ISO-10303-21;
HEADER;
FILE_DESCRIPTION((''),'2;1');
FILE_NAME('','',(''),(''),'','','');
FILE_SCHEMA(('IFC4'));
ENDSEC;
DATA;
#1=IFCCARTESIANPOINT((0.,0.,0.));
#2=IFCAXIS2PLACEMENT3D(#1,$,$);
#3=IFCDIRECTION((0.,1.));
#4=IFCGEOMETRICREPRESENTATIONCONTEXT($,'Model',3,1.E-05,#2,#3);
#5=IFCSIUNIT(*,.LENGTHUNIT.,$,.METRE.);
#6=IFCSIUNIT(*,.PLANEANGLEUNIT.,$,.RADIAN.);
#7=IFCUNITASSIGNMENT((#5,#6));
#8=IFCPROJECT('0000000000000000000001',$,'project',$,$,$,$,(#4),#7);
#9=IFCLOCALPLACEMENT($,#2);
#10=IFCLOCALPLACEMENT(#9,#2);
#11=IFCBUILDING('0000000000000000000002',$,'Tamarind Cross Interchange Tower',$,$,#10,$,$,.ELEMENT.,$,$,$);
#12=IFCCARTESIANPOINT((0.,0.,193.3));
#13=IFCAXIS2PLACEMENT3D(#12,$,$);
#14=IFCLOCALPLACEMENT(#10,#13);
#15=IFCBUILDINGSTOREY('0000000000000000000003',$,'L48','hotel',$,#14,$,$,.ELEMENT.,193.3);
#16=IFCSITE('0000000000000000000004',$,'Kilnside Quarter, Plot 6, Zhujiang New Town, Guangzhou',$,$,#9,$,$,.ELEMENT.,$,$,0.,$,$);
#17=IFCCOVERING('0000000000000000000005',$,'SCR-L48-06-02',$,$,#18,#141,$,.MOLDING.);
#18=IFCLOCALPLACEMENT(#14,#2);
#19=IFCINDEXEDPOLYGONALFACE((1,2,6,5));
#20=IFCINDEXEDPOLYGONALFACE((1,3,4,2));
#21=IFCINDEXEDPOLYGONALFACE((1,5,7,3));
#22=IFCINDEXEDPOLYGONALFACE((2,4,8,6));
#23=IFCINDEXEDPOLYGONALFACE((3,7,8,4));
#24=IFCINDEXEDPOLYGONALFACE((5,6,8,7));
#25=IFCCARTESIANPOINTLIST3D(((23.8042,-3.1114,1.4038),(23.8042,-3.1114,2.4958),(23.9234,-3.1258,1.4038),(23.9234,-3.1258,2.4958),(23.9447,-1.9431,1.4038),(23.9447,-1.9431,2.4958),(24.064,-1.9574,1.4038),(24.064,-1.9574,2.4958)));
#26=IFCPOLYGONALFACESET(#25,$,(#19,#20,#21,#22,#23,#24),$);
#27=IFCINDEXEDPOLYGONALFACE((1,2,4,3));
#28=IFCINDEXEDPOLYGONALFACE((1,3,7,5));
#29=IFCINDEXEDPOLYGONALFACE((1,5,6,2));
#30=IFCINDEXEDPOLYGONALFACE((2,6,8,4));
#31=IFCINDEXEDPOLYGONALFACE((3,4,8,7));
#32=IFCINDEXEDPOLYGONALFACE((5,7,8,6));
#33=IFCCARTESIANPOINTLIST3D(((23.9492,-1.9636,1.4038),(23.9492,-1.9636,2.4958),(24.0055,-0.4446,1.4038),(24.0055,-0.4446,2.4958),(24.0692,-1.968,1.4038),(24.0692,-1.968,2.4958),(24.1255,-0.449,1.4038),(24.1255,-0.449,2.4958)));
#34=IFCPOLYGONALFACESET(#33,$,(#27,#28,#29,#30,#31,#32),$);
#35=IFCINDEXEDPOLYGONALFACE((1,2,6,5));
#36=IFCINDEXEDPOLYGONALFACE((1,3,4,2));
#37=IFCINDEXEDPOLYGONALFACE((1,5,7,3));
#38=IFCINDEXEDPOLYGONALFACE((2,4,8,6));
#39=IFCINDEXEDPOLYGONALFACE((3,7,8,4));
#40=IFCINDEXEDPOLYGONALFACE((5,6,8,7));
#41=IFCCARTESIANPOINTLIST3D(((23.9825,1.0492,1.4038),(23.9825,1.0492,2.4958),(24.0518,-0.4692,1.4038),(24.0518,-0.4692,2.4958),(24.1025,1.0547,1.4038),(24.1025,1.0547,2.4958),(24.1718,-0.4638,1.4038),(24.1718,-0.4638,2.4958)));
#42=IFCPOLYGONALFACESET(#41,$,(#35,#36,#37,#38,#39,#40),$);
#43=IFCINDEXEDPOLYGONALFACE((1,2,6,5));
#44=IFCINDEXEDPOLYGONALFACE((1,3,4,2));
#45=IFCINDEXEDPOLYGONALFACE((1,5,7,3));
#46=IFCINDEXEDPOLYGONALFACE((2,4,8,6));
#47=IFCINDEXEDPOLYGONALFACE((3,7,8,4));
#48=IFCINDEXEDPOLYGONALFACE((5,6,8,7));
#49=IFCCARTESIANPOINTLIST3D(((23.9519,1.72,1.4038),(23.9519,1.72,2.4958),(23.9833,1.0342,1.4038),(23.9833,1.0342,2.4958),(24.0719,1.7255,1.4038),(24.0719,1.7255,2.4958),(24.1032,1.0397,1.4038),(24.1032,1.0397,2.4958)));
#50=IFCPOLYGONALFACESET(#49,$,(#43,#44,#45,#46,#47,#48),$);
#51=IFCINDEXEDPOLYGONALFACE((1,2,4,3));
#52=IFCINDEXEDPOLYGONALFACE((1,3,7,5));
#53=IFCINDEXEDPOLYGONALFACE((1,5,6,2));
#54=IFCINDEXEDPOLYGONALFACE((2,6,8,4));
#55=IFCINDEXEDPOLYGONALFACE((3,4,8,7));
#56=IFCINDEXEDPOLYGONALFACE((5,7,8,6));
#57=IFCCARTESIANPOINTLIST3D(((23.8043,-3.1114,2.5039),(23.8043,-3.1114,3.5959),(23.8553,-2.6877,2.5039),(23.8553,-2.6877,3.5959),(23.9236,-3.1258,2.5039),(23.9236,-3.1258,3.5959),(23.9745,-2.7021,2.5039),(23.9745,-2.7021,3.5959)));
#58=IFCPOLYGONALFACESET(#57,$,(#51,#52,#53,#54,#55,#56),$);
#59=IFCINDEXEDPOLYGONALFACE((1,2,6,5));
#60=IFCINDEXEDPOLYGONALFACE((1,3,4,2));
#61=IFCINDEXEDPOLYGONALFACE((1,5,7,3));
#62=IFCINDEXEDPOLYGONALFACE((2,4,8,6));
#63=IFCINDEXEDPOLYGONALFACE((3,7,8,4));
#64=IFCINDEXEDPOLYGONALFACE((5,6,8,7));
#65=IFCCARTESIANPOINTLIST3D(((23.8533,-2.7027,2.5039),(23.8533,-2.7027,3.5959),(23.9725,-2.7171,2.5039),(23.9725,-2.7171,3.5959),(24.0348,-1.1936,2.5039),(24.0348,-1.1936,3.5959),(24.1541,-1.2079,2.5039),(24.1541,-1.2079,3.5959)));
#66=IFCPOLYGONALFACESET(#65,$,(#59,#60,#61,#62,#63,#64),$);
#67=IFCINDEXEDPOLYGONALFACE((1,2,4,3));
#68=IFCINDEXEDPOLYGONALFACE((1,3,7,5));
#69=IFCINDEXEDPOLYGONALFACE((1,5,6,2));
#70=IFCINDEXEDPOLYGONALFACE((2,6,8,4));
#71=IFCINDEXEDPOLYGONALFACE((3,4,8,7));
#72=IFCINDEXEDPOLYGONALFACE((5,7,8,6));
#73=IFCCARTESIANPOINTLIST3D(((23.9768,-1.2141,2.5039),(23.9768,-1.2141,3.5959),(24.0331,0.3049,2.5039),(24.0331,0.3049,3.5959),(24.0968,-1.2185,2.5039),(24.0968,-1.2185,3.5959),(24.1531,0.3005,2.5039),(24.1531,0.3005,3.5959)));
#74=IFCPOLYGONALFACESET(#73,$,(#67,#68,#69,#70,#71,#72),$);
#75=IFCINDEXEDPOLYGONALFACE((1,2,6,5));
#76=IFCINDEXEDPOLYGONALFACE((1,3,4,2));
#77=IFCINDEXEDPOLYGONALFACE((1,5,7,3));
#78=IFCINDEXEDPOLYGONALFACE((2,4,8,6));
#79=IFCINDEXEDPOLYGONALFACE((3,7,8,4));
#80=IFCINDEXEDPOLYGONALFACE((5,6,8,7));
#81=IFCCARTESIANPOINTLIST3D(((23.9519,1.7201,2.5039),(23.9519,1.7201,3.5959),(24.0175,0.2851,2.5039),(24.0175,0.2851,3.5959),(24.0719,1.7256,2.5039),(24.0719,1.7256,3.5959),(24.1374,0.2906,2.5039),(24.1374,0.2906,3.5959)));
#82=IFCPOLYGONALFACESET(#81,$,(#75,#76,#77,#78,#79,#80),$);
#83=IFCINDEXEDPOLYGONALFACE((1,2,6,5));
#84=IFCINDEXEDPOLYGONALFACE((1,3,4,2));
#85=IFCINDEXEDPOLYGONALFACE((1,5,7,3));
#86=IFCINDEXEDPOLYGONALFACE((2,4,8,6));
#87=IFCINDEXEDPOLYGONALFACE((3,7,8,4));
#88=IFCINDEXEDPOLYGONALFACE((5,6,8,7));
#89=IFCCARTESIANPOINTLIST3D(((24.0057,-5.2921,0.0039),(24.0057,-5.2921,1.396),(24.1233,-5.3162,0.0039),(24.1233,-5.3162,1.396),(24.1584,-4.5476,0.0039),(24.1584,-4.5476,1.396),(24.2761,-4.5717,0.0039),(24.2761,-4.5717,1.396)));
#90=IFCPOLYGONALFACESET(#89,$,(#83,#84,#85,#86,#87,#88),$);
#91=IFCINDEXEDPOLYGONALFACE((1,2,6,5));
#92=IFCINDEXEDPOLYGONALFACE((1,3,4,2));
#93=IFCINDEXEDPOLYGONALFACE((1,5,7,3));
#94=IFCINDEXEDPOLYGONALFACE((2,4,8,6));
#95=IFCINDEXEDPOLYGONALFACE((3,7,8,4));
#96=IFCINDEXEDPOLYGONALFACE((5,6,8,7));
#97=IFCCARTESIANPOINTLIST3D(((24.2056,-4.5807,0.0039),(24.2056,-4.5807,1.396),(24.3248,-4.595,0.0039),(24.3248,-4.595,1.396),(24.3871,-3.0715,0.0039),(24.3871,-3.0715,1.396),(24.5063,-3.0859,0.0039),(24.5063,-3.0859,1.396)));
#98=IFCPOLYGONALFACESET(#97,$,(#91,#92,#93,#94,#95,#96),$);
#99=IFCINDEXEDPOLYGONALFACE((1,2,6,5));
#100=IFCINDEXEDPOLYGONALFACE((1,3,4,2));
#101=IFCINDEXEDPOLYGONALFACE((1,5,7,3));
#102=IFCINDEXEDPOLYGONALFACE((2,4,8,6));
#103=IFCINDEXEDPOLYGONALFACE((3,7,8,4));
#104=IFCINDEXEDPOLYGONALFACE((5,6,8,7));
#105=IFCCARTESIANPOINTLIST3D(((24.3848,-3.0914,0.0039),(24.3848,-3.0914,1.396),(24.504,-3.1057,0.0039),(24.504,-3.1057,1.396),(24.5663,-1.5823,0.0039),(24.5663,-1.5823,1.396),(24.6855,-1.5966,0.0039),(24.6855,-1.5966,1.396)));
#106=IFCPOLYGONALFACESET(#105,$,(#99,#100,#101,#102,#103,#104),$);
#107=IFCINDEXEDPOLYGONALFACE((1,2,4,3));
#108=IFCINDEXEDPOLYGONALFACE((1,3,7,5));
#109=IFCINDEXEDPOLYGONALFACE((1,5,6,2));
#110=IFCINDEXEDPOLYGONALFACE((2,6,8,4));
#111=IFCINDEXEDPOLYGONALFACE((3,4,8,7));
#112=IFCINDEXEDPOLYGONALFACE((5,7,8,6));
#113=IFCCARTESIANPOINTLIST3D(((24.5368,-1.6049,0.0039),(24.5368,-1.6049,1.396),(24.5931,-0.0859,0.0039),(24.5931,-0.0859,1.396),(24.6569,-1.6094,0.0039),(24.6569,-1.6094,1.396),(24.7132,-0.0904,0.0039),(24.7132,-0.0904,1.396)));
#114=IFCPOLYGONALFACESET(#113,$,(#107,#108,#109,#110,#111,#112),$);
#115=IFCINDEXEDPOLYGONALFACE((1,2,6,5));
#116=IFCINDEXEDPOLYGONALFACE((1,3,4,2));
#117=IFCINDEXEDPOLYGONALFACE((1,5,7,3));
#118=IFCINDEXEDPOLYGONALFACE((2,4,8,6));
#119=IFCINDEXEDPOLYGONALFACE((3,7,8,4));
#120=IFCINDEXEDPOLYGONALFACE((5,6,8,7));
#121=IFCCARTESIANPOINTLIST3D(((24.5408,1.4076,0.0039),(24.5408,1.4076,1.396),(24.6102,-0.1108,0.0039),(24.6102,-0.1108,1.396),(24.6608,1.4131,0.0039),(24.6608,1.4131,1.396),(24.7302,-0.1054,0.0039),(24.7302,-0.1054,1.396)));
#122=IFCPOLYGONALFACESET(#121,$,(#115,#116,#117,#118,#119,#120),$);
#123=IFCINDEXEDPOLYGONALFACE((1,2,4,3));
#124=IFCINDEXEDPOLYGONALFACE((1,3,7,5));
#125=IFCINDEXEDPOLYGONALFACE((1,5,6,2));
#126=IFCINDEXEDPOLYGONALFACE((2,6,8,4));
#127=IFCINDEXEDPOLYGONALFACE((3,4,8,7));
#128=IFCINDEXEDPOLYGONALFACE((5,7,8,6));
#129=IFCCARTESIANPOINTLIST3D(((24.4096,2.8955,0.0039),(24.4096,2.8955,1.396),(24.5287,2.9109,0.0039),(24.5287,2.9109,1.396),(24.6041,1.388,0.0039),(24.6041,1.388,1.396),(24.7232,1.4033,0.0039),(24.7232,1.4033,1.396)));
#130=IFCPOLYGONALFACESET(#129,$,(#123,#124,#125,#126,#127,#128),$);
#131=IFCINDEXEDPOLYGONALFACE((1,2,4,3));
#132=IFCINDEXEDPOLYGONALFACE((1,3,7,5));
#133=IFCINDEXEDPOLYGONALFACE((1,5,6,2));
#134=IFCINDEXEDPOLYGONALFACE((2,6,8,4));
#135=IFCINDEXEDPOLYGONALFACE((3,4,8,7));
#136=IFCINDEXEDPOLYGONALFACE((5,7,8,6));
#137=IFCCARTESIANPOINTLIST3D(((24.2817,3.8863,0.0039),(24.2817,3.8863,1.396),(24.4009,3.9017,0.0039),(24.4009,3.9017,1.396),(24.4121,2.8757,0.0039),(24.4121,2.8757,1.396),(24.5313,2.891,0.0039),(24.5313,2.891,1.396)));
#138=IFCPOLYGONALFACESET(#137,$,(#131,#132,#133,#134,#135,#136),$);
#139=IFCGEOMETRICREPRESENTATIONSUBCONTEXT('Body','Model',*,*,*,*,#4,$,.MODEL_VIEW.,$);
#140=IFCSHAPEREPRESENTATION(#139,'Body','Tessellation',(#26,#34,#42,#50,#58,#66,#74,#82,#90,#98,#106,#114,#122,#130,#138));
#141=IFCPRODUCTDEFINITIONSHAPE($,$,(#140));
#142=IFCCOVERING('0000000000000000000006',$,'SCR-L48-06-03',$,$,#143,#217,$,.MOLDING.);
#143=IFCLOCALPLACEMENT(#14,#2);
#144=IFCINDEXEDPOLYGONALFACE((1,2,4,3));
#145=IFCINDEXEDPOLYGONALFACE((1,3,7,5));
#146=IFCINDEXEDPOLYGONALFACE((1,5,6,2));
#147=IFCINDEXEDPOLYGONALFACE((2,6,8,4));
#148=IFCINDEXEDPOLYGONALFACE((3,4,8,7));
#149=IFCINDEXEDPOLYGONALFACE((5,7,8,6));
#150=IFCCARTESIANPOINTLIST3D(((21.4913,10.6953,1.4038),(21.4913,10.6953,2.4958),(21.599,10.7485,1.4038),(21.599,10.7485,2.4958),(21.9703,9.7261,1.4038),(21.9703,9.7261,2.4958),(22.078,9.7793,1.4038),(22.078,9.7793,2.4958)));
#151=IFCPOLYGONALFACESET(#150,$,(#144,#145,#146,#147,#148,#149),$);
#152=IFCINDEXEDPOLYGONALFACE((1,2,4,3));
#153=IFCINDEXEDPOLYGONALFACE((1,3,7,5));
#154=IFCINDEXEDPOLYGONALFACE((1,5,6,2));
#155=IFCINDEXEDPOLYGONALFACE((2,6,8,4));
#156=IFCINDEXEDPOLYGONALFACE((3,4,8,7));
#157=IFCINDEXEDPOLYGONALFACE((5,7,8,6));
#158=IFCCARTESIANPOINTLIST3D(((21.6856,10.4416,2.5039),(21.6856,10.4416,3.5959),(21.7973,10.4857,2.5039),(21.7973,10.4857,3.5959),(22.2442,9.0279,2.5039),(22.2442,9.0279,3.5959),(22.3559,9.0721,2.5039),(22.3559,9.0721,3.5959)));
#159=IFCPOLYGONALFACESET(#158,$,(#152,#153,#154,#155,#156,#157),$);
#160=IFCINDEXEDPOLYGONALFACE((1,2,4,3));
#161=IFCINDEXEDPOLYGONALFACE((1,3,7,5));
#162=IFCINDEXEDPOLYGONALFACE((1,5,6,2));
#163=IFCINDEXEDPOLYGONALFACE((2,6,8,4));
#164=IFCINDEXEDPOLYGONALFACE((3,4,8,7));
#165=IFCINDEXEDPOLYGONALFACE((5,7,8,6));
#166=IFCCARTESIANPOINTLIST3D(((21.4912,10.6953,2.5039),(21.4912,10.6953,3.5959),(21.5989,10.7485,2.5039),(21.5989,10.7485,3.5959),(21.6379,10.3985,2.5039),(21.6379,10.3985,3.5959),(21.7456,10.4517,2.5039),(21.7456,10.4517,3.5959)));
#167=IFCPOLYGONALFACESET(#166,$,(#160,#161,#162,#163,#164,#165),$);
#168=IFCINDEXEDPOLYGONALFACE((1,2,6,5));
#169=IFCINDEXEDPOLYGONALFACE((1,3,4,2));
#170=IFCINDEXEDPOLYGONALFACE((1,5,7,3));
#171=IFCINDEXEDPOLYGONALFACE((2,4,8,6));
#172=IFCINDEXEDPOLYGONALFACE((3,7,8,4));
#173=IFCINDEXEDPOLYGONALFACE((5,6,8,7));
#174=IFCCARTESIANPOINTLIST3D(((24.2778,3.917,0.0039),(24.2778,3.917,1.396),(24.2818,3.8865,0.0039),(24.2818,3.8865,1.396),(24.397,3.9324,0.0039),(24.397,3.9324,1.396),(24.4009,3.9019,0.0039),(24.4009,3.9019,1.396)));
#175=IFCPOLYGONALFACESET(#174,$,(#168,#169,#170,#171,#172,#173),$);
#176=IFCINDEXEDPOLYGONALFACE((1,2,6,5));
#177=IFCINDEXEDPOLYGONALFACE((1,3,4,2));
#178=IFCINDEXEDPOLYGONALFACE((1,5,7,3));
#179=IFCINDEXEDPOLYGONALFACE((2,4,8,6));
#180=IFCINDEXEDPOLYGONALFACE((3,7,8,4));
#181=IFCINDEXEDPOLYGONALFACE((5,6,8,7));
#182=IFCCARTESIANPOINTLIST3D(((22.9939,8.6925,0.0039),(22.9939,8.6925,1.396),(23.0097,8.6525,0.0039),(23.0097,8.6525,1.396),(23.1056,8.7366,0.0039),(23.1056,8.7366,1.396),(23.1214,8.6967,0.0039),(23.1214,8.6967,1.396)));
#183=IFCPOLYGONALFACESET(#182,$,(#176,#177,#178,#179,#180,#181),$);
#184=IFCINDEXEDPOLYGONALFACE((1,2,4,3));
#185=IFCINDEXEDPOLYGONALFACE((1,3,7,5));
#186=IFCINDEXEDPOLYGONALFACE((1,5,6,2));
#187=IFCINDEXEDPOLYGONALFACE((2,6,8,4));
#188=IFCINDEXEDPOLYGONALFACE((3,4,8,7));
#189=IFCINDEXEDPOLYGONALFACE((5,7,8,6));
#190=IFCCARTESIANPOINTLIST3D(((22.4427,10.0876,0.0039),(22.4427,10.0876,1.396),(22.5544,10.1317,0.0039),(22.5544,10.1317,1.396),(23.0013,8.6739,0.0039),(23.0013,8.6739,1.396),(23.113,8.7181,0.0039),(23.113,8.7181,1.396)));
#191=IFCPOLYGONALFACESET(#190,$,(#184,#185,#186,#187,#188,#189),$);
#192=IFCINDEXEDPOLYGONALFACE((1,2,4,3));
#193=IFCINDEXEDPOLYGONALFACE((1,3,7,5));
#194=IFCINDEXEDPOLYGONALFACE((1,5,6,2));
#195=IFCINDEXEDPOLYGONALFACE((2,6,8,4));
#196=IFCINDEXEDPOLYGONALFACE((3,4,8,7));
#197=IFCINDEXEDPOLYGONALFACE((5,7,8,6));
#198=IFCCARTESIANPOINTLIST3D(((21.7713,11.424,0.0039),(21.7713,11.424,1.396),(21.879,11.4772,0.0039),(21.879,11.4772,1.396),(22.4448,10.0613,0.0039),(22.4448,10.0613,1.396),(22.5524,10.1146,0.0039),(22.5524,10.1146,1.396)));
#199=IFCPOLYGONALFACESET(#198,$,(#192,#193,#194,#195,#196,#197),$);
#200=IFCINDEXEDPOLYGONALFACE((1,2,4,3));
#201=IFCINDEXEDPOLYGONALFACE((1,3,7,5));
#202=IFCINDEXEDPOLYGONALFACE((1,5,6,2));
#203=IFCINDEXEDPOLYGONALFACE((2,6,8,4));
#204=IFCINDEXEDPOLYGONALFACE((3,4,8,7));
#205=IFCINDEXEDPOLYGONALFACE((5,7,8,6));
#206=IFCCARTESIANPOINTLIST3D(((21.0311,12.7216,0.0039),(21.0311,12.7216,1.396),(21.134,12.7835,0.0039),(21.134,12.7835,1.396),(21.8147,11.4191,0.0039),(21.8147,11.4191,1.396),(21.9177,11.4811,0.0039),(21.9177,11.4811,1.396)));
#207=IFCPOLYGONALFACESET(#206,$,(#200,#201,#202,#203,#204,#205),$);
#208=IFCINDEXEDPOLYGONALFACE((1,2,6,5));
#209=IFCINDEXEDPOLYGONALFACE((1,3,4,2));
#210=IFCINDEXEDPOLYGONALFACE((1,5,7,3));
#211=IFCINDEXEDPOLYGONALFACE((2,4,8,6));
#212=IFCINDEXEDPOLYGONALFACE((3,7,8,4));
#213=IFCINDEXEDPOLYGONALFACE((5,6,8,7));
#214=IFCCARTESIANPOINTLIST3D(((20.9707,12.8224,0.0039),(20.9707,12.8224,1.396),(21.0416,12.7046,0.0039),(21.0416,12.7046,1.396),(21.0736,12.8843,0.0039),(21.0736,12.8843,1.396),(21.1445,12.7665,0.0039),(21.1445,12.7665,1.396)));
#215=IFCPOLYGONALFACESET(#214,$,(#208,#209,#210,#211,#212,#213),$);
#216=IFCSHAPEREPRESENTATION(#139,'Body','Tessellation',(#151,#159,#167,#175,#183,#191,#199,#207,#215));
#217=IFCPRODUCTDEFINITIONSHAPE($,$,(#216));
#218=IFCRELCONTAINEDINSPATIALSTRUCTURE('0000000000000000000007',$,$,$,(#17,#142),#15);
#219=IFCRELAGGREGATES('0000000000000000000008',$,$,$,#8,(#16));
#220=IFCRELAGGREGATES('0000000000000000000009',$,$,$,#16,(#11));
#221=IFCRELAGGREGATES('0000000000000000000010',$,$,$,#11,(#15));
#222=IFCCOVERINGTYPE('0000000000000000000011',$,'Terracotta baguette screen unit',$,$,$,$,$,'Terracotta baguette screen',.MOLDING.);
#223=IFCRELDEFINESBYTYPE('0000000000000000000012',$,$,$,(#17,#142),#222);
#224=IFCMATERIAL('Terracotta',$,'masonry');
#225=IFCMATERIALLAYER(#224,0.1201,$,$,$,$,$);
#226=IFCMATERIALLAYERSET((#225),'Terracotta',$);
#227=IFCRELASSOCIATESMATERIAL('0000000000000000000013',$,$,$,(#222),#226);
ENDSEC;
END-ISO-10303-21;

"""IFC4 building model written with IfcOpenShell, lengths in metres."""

from ifc_helpers import new_model, si_unit, direction, frame, origin, origin_2d, place, context, subcontext, project, spatial, rectangle, extrude, material, layer, layer_set, type_object, element, save


model = new_model("IFC4")

# Units and contexts
model_context = context("Model", 3, precision=1e-05, world=origin(), true_north=direction((0.0, 1.0)))
body_context = subcontext(model_context, "Body", "Model", "MODEL_VIEW")
ifc_project = project(units=[si_unit("LENGTHUNIT", "METRE"), si_unit("PLANEANGLEUNIT", "RADIAN")], contexts=[model_context])

# Site, building, storey
site_placement = place(None, origin())
site = spatial("IfcSite", under=ifc_project, at=site_placement, Name="Kilnside Quarter, Plot 6, Zhujiang New Town, Guangzhou", CompositionType="ELEMENT", RefElevation=0.0)
building_placement = place(site_placement, origin())
building = spatial("IfcBuilding", under=site, at=building_placement, Name="Tamarind Cross Interchange Tower", CompositionType="ELEMENT")
storey_placement = place(building_placement, frame((0.0, 0.0, 193.3)))
storey = spatial("IfcBuildingStorey", under=building, at=storey_placement, Name="L48", Description="hotel", CompositionType="ELEMENT", Elevation=193.3)

# Coverings
ifc_material_1 = material(Name="Terracotta", Category="masonry")
ifc_layer_1 = layer(ifc_material_1, 0.1201)
ifc_layer_set_1 = layer_set([ifc_layer_1], Name="Terracotta")
covering_type = type_object("IfcCoveringType", Name="Terracotta baguette screen unit", ElementType="Terracotta baguette screen", PredefinedType="MOLDING", material=ifc_layer_set_1)
covering_1_placement = place(storey_placement, origin())
element("IfcCovering", 1, at=covering_1_placement, inside=storey, type_object=covering_type, Name="SCR-L48-06-02", PredefinedType="MOLDING", context=body_context, shape_type="SweptSolid", body=[
    extrude(rectangle(XDim=1.1768, YDim=0.1201, at=origin_2d()), frame((23.9341, -2.5344, 1.4038), z_axis=(0.0, 0.0, 1.0), x_axis=(0.119421, 0.992844, 0.0)), (0.0, 0.0, 1.0), 1.092),
    extrude(rectangle(XDim=1.52, YDim=0.1201, at=origin_2d()), frame((24.0374, -1.2063, 1.4038), z_axis=(0.0, 0.0, 1.0), x_axis=(0.037025, 0.999314, 0.0)), (0.0, 0.0, 1.0), 1.092),
    extrude(rectangle(XDim=1.52, YDim=0.1201, at=origin_2d()), frame((24.0771, 0.2927, 1.4038), z_axis=(0.0, 0.0, 1.0), x_axis=(-0.045624, 0.998959, 0.0)), (0.0, 0.0, 1.0), 1.092),
    extrude(rectangle(XDim=0.6865, YDim=0.1201, at=origin_2d()), frame((24.0276, 1.3799, 1.4038), z_axis=(0.0, 0.0, 1.0), x_axis=(-0.045624, 0.998959, 0.0)), (0.0, 0.0, 1.0), 1.092),
    extrude(rectangle(XDim=0.4268, YDim=0.1201, at=origin_2d()), frame((23.8894, -2.9067, 2.5039), z_axis=(0.0, 0.0, 1.0), x_axis=(0.119421, 0.992844, 0.0)), (0.0, 0.0, 1.0), 1.092),
    extrude(rectangle(XDim=1.52, YDim=0.1201, at=origin_2d()), frame((24.0037, -1.9553, 2.5039), z_axis=(0.0, 0.0, 1.0), x_axis=(0.119421, 0.992844, 0.0)), (0.0, 0.0, 1.0), 1.092),
    extrude(rectangle(XDim=1.52, YDim=0.1201, at=origin_2d()), frame((24.0649, -0.4568, 2.5039), z_axis=(0.0, 0.0, 1.0), x_axis=(0.037025, 0.999314, 0.0)), (0.0, 0.0, 1.0), 1.092),
    extrude(rectangle(XDim=1.4365, YDim=0.1201, at=origin_2d()), frame((24.0447, 1.0054, 2.5039), z_axis=(0.0, 0.0, 1.0), x_axis=(-0.045624, 0.998959, 0.0)), (0.0, 0.0, 1.0), 1.092),
    extrude(rectangle(XDim=0.76, YDim=0.1201, at=origin_2d()), frame((24.1409, -4.9319, 0.0039), z_axis=(0.0, 0.0, 1.0), x_axis=(0.201001, 0.979591, 0.0)), (0.0, 0.0, 1.0), 1.3921),
    extrude(rectangle(XDim=1.52, YDim=0.1201, at=origin_2d()), frame((24.356, -3.8333, 0.0039), z_axis=(0.0, 0.0, 1.0), x_axis=(0.119421, 0.992844, 0.0)), (0.0, 0.0, 1.0), 1.3921),
    extrude(rectangle(XDim=1.52, YDim=0.1201, at=origin_2d()), frame((24.5352, -2.344, 0.0039), z_axis=(0.0, 0.0, 1.0), x_axis=(0.119421, 0.992844, 0.0)), (0.0, 0.0, 1.0), 1.3921),
    extrude(rectangle(XDim=1.52, YDim=0.1201, at=origin_2d()), frame((24.625, -0.8477, 0.0039), z_axis=(0.0, 0.0, 1.0), x_axis=(0.037025, 0.999314, 0.0)), (0.0, 0.0, 1.0), 1.3921),
    extrude(rectangle(XDim=1.52, YDim=0.1201, at=origin_2d()), frame((24.6355, 0.6511, 0.0039), z_axis=(0.0, 0.0, 1.0), x_axis=(-0.045624, 0.998959, 0.0)), (0.0, 0.0, 1.0), 1.3921),
    extrude(rectangle(XDim=1.52, YDim=0.1201, at=origin_2d()), frame((24.5664, 2.1494, 0.0039), z_axis=(0.0, 0.0, 1.0), x_axis=(-0.127962, 0.991779, 0.0)), (0.0, 0.0, 1.0), 1.3921),
    extrude(rectangle(XDim=1.019, YDim=0.1201, at=origin_2d()), frame((24.4065, 3.3887, 0.0039), z_axis=(0.0, 0.0, 1.0), x_axis=(-0.127962, 0.991779, 0.0)), (0.0, 0.0, 1.0), 1.3921),
])
covering_2_placement = place(storey_placement, origin())
element("IfcCovering", 2, at=covering_2_placement, inside=storey, type_object=covering_type, Name="SCR-L48-06-03", PredefinedType="MOLDING", context=body_context, shape_type="SweptSolid", body=[
    extrude(rectangle(XDim=1.0811, YDim=0.1201, at=origin_2d()), frame((21.7847, 10.2373, 1.4038), z_axis=(0.0, 0.0, 1.0), x_axis=(-0.443059, 0.896493, 0.0)), (0.0, 0.0, 1.0), 1.092),
    extrude(rectangle(XDim=1.52, YDim=0.1201, at=origin_2d()), frame((22.0208, 9.7568, 2.5039), z_axis=(0.0, 0.0, 1.0), x_axis=(-0.367514, 0.930018, 0.0)), (0.0, 0.0, 1.0), 1.092),
    extrude(rectangle(XDim=0.3311, YDim=0.1201, at=origin_2d()), frame((21.6184, 10.5735, 2.5039), z_axis=(0.0, 0.0, 1.0), x_axis=(-0.443059, 0.896493, 0.0)), (0.0, 0.0, 1.0), 1.092),
    extrude(rectangle(XDim=0.0308, YDim=0.1201, at=origin_2d()), frame((24.3394, 3.9094, 0.0039), z_axis=(0.0, 0.0, 1.0), x_axis=(-0.127962, 0.991779, 0.0)), (0.0, 0.0, 1.0), 1.3921),
    extrude(rectangle(XDim=0.043, YDim=0.1201, at=origin_2d()), frame((23.0576, 8.6946, 0.0039), z_axis=(0.0, 0.0, 1.0), x_axis=(-0.367514, 0.930018, 0.0)), (0.0, 0.0, 1.0), 1.3921),
    extrude(rectangle(XDim=1.52, YDim=0.1201, at=origin_2d()), frame((22.7778, 9.4028, 0.0039), z_axis=(0.0, 0.0, 1.0), x_axis=(-0.367514, 0.930018, 0.0)), (0.0, 0.0, 1.0), 1.3921),
    extrude(rectangle(XDim=1.52, YDim=0.1201, at=origin_2d()), frame((22.1619, 10.7693, 0.0039), z_axis=(0.0, 0.0, 1.0), x_axis=(-0.443059, 0.896493, 0.0)), (0.0, 0.0, 1.0), 1.3921),
    extrude(rectangle(XDim=1.52, YDim=0.1201, at=origin_2d()), frame((21.4744, 12.1013, 0.0039), z_axis=(0.0, 0.0, 1.0), x_axis=(-0.515577, 0.856843, 0.0)), (0.0, 0.0, 1.0), 1.3921),
    extrude(rectangle(XDim=0.1375, YDim=0.1201, at=origin_2d()), frame((21.0576, 12.7944, 0.0039), z_axis=(0.0, 0.0, 1.0), x_axis=(-0.515577, 0.856843, 0.0)), (0.0, 0.0, 1.0), 1.3921),
])

save(model, "model.ifc")
